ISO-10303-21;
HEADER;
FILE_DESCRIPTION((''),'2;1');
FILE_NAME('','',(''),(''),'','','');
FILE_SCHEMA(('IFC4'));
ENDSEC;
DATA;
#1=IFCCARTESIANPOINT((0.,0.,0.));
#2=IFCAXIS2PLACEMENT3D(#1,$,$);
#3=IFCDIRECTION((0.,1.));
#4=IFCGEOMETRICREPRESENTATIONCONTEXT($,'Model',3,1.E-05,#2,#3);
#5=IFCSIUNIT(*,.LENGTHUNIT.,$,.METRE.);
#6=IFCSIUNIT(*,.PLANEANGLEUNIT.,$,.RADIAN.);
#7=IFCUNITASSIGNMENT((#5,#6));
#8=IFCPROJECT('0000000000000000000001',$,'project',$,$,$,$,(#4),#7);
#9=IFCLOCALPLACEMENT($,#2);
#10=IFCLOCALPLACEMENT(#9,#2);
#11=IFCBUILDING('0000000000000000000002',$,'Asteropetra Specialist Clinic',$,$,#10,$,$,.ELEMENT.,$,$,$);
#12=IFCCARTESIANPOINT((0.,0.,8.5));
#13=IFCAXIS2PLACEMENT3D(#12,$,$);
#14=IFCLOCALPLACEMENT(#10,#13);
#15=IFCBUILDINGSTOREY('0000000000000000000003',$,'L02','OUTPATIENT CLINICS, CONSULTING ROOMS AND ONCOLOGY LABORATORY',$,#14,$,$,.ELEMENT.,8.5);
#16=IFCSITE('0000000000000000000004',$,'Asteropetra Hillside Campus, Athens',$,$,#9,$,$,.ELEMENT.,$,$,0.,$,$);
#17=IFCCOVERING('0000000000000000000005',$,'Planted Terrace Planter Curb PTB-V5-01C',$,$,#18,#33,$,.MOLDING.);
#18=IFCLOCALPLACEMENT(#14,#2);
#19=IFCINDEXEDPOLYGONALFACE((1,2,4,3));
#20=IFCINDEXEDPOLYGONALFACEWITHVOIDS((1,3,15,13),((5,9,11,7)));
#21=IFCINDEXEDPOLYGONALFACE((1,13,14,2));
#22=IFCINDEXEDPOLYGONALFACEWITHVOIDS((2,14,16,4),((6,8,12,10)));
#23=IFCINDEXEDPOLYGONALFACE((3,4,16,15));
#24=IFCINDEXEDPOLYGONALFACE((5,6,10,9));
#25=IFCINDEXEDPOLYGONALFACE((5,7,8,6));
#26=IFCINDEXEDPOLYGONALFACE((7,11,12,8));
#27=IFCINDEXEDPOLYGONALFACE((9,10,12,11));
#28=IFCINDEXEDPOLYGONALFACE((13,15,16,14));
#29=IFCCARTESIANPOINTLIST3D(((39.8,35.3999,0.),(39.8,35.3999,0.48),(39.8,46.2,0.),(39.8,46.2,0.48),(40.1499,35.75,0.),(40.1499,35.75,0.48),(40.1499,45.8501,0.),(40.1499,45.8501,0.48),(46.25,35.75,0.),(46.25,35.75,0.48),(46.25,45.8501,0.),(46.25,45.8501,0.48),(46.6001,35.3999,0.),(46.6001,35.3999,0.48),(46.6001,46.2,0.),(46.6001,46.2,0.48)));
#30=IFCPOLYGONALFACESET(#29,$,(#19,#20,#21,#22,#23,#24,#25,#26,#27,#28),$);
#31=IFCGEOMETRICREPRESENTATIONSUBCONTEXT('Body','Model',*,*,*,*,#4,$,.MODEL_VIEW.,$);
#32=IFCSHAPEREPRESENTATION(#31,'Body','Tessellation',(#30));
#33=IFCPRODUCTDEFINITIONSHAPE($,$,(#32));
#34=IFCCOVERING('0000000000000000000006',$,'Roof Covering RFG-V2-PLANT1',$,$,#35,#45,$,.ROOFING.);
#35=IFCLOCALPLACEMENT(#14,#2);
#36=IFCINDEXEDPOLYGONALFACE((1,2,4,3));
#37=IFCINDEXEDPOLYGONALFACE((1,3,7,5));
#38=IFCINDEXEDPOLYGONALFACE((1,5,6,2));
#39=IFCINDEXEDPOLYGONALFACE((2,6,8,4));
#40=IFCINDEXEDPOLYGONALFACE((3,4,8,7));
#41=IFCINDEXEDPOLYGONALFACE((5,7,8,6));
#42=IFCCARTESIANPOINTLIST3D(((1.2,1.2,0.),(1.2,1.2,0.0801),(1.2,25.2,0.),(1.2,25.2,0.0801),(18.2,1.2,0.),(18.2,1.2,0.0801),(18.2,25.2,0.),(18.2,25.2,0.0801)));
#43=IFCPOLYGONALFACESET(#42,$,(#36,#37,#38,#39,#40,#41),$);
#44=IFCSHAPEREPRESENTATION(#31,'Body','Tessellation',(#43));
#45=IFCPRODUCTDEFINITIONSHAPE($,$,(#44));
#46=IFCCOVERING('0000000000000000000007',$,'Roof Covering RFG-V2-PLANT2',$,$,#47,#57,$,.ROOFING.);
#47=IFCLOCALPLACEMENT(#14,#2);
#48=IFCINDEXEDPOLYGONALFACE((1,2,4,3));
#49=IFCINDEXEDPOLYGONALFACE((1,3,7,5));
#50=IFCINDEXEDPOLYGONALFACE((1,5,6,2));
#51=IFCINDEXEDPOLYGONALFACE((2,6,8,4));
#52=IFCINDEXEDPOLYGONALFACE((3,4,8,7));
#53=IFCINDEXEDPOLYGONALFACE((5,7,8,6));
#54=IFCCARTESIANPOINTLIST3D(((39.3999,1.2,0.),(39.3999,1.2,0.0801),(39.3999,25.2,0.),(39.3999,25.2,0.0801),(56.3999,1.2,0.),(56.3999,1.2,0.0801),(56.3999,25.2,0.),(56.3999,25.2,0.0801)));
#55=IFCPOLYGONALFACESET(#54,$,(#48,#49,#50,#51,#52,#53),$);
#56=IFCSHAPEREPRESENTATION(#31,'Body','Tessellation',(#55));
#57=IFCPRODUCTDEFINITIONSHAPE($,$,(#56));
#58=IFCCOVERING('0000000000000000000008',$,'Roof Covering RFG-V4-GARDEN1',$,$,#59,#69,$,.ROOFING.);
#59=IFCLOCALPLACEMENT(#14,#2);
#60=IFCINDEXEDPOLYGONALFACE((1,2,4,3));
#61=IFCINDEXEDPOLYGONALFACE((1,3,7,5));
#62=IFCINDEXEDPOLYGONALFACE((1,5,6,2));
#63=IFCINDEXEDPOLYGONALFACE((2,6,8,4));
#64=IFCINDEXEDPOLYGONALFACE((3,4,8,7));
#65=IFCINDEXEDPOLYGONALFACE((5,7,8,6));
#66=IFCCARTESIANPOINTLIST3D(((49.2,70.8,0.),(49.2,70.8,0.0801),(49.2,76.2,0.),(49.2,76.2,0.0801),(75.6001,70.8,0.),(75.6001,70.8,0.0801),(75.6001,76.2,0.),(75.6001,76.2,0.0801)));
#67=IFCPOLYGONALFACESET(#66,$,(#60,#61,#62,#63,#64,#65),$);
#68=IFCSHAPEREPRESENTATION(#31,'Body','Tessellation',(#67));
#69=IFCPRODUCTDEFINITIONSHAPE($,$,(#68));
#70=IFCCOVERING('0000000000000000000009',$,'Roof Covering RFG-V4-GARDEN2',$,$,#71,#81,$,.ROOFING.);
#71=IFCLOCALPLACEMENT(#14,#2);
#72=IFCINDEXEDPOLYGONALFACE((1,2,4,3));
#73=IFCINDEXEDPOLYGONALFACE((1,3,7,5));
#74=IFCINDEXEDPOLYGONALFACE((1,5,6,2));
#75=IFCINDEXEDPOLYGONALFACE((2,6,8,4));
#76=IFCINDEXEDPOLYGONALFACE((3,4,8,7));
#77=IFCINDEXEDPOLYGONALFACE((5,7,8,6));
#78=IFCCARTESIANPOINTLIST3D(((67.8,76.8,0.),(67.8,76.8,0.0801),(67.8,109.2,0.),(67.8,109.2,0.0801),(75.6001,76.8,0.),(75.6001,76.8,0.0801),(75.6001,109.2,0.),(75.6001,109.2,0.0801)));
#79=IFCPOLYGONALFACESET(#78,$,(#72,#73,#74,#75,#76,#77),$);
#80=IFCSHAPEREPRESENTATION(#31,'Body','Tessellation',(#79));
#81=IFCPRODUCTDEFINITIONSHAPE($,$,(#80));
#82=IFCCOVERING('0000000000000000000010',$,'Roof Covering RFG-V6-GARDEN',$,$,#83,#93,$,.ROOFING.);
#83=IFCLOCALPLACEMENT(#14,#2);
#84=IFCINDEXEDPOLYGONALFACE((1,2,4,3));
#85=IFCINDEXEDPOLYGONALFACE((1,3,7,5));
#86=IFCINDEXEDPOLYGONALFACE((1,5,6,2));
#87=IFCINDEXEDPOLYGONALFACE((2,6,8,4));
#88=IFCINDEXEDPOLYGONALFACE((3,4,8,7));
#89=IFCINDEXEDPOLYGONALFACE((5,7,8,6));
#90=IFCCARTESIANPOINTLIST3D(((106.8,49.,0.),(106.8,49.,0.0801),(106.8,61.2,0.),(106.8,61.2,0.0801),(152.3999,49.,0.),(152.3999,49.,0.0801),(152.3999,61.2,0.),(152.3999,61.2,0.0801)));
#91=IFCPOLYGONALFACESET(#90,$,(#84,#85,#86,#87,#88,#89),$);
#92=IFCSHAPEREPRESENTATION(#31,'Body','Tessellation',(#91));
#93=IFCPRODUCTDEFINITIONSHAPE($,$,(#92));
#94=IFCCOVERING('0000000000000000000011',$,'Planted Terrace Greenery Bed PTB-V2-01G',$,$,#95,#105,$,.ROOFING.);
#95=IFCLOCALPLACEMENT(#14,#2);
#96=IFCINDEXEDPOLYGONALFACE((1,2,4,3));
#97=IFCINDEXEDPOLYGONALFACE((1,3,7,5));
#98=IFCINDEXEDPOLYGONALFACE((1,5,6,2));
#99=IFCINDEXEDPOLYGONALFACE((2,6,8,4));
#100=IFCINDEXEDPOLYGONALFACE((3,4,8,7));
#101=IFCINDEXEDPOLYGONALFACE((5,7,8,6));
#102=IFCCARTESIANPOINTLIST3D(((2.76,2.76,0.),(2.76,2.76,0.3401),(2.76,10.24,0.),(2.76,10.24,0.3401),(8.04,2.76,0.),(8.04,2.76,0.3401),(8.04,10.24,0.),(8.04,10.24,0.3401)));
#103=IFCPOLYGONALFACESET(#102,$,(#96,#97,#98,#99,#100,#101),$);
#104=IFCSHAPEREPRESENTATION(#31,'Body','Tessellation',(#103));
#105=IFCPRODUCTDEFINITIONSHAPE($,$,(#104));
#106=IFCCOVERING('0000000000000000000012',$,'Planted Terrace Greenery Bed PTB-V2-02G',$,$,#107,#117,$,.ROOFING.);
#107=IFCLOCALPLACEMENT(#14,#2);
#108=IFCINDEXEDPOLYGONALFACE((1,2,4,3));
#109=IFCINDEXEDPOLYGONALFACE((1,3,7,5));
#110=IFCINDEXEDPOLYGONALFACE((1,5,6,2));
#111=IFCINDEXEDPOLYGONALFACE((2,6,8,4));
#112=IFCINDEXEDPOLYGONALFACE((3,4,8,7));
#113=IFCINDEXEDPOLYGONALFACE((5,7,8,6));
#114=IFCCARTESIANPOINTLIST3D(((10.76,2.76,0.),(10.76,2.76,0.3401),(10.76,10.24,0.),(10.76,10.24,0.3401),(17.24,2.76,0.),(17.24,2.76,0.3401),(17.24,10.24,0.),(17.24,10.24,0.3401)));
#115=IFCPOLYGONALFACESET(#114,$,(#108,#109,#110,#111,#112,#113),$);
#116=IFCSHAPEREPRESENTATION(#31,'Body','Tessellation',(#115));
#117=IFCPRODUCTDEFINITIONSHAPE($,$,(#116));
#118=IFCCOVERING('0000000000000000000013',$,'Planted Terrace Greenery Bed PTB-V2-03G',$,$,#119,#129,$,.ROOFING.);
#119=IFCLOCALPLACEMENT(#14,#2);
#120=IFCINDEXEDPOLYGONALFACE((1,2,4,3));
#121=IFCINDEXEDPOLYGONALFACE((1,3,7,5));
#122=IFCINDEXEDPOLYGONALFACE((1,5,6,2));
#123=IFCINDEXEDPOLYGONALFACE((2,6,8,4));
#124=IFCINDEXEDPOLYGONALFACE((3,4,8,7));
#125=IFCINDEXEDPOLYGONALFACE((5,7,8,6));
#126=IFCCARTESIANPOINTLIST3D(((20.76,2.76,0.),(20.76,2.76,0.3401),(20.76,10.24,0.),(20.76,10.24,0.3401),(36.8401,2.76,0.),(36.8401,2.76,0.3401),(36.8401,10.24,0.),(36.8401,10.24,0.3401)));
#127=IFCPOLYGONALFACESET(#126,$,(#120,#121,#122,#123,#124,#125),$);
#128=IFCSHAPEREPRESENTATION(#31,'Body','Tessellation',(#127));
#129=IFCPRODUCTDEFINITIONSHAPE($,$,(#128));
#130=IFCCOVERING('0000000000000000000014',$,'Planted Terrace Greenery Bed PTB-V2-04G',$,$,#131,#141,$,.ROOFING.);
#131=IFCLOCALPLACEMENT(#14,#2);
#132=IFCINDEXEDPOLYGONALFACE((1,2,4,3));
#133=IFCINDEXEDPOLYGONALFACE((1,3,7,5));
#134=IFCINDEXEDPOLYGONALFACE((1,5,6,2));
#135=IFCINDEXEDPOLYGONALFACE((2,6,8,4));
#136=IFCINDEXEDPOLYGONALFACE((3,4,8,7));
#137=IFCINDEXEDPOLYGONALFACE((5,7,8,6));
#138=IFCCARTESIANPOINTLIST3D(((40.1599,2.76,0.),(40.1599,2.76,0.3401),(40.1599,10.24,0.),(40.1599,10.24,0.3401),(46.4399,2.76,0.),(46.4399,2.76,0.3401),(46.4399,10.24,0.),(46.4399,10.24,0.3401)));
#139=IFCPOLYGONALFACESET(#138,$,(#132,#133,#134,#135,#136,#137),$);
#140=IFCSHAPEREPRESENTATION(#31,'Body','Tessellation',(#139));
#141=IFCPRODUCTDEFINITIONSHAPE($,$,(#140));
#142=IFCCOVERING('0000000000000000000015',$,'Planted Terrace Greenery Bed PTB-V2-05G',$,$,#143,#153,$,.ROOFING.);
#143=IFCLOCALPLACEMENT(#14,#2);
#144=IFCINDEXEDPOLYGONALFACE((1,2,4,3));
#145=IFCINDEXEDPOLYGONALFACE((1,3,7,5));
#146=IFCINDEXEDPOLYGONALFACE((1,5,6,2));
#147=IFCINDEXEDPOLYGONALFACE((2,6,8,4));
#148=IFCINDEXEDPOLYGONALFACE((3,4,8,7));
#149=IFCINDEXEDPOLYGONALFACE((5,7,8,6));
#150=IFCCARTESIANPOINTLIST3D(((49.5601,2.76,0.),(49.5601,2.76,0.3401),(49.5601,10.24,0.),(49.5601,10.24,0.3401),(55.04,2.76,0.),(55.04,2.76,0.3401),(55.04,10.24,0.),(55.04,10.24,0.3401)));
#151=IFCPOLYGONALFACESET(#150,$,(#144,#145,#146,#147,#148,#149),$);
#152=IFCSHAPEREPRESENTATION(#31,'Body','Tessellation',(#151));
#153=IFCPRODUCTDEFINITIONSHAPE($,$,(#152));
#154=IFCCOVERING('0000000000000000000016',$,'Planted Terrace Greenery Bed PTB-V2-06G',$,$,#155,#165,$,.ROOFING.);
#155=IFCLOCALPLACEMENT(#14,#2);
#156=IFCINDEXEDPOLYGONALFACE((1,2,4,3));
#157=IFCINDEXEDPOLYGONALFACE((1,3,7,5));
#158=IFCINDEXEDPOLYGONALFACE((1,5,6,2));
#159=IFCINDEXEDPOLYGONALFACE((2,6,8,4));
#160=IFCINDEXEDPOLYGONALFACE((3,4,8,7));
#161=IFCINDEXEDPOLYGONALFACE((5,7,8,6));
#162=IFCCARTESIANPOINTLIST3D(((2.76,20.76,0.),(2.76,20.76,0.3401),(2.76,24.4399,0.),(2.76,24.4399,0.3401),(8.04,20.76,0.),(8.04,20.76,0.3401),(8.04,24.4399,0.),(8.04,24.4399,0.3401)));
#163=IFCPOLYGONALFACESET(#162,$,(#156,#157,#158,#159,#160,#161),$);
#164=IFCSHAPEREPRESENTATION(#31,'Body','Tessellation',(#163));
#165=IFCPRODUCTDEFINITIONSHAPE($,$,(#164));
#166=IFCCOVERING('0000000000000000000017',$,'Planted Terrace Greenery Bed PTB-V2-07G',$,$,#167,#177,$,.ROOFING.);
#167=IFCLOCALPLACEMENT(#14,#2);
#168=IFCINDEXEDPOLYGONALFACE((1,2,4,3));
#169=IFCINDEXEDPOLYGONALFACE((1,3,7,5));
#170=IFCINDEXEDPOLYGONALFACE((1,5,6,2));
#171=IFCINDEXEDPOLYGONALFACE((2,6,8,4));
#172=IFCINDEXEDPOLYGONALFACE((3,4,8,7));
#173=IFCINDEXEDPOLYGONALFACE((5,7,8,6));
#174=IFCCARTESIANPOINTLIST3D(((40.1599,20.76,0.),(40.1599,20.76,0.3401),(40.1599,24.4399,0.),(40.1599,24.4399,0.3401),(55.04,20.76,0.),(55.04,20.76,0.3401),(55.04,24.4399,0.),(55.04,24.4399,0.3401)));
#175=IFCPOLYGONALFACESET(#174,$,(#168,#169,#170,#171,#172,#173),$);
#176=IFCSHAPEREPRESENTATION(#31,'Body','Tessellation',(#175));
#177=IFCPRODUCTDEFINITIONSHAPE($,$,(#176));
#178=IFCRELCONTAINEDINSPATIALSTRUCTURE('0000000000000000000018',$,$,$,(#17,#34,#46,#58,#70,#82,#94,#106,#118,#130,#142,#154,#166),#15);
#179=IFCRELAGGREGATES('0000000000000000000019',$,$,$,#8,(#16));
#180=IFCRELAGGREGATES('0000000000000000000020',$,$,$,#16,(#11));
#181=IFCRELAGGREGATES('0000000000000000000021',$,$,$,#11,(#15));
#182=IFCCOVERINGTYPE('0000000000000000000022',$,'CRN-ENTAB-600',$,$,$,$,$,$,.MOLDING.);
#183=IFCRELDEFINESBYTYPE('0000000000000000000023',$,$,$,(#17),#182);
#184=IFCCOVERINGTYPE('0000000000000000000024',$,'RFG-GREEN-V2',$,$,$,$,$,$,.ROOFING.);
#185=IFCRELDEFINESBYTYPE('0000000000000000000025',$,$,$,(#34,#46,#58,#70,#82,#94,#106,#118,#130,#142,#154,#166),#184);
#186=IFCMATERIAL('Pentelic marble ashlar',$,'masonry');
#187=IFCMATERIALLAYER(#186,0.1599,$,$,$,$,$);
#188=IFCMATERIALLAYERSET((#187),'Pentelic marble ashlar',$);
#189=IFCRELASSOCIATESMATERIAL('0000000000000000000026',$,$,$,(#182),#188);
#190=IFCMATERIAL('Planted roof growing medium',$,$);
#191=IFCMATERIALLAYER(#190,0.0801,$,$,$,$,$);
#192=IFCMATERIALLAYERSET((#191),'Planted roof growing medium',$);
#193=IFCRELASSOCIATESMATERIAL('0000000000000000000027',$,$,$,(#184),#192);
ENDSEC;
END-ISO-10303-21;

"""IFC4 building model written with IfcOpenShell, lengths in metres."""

from ifc_helpers import new_model, si_unit, direction, frame, origin, place, context, subcontext, project, spatial, polyline, outline, extrude, material, layer, layer_set, type_object, element, save


model = new_model("IFC4")

# Units and contexts
model_context = context("Model", 3, precision=1e-05, world=origin(), true_north=direction((0.0, 1.0)))
body_context = subcontext(model_context, "Body", "Model", "MODEL_VIEW")
ifc_project = project(units=[si_unit("LENGTHUNIT", "METRE"), si_unit("PLANEANGLEUNIT", "RADIAN")], contexts=[model_context])

# Site, building, storey
site_placement = place(None, origin())
site = spatial("IfcSite", under=ifc_project, at=site_placement, Name="Asteropetra Hillside Campus, Athens", CompositionType="ELEMENT", RefElevation=0.0)
building_placement = place(site_placement, origin())
building = spatial("IfcBuilding", under=site, at=building_placement, Name="Asteropetra Specialist Clinic", CompositionType="ELEMENT")
storey_placement = place(building_placement, frame((0.0, 0.0, 8.5)))
storey = spatial("IfcBuildingStorey", under=building, at=storey_placement, Name="L02", Description="OUTPATIENT CLINICS, CONSULTING ROOMS AND ONCOLOGY LABORATORY", CompositionType="ELEMENT", Elevation=8.5)

# Coverings
ifc_material_1 = material(Name="Pentelic marble ashlar", Category="masonry")
ifc_layer_1 = layer(ifc_material_1, 0.1599)
ifc_layer_set_1 = layer_set([ifc_layer_1], Name="Pentelic marble ashlar")
covering_type_1 = type_object("IfcCoveringType", Name="CRN-ENTAB-600", PredefinedType="MOLDING", material=ifc_layer_set_1)
covering_1_placement = place(storey_placement, origin())
element("IfcCovering", 1, at=covering_1_placement, inside=storey, type_object=covering_type_1, Name="Planted Terrace Planter Curb PTB-V5-01C", PredefinedType="MOLDING", context=body_context, shape_type="SweptSolid", body=[
    extrude(outline(polyline([(39.8, 35.3999), (46.6001, 35.3999), (46.6001, 46.2), (39.8, 46.2), (39.8, 35.3999)]), holes=[polyline([(40.1499, 35.75), (46.25, 35.75), (46.25, 45.8501), (40.1499, 45.8501), (40.1499, 35.75)])]), origin(), (0.0, 0.0, 1.0), 0.48),
])
ifc_material_2 = material(Name="Planted roof growing medium")
ifc_layer_2 = layer(ifc_material_2, 0.0801)
ifc_layer_set_2 = layer_set([ifc_layer_2], Name="Planted roof growing medium")
covering_type_2 = type_object("IfcCoveringType", Name="RFG-GREEN-V2", PredefinedType="ROOFING", material=ifc_layer_set_2)
covering_2_placement = place(storey_placement, origin())
element("IfcCovering", 2, at=covering_2_placement, inside=storey, type_object=covering_type_2, Name="Roof Covering RFG-V2-PLANT1", PredefinedType="ROOFING", context=body_context, shape_type="SweptSolid", body=[
    extrude(outline(polyline([(1.2, 1.2), (18.2, 1.2), (18.2, 25.2), (1.2, 25.2), (1.2, 1.2)])), origin(), (0.0, 0.0, 1.0), 0.0801),
])
covering_3_placement = place(storey_placement, origin())
element("IfcCovering", 3, at=covering_3_placement, inside=storey, type_object=covering_type_2, Name="Roof Covering RFG-V2-PLANT2", PredefinedType="ROOFING", context=body_context, shape_type="SweptSolid", body=[
    extrude(outline(polyline([(39.3999, 1.2), (56.3999, 1.2), (56.3999, 25.2), (39.3999, 25.2), (39.3999, 1.2)])), origin(), (0.0, 0.0, 1.0), 0.0801),
])
covering_4_placement = place(storey_placement, origin())
element("IfcCovering", 4, at=covering_4_placement, inside=storey, type_object=covering_type_2, Name="Roof Covering RFG-V4-GARDEN1", PredefinedType="ROOFING", context=body_context, shape_type="SweptSolid", body=[
    extrude(outline(polyline([(49.2, 70.8), (75.6001, 70.8), (75.6001, 76.2), (49.2, 76.2), (49.2, 70.8)])), origin(), (0.0, 0.0, 1.0), 0.0801),
])
covering_5_placement = place(storey_placement, origin())
element("IfcCovering", 5, at=covering_5_placement, inside=storey, type_object=covering_type_2, Name="Roof Covering RFG-V4-GARDEN2", PredefinedType="ROOFING", context=body_context, shape_type="SweptSolid", body=[
    extrude(outline(polyline([(67.8, 76.8), (75.6001, 76.8), (75.6001, 109.2), (67.8, 109.2), (67.8, 76.8)])), origin(), (0.0, 0.0, 1.0), 0.0801),
])
covering_6_placement = place(storey_placement, origin())
element("IfcCovering", 6, at=covering_6_placement, inside=storey, type_object=covering_type_2, Name="Roof Covering RFG-V6-GARDEN", PredefinedType="ROOFING", context=body_context, shape_type="SweptSolid", body=[
    extrude(outline(polyline([(106.8, 49.0), (152.3999, 49.0), (152.3999, 61.2), (106.8, 61.2), (106.8, 49.0)])), origin(), (0.0, 0.0, 1.0), 0.0801),
])
covering_7_placement = place(storey_placement, origin())
element("IfcCovering", 7, at=covering_7_placement, inside=storey, type_object=covering_type_2, Name="Planted Terrace Greenery Bed PTB-V2-01G", PredefinedType="ROOFING", context=body_context, shape_type="SweptSolid", body=[
    extrude(outline(polyline([(2.76, 2.76), (8.04, 2.76), (8.04, 10.24), (2.76, 10.24), (2.76, 2.76)])), origin(), (0.0, 0.0, 1.0), 0.3401),
])
covering_8_placement = place(storey_placement, origin())
element("IfcCovering", 8, at=covering_8_placement, inside=storey, type_object=covering_type_2, Name="Planted Terrace Greenery Bed PTB-V2-02G", PredefinedType="ROOFING", context=body_context, shape_type="SweptSolid", body=[
    extrude(outline(polyline([(10.76, 2.76), (17.24, 2.76), (17.24, 10.24), (10.76, 10.24), (10.76, 2.76)])), origin(), (0.0, 0.0, 1.0), 0.3401),
])
covering_9_placement = place(storey_placement, origin())
element("IfcCovering", 9, at=covering_9_placement, inside=storey, type_object=covering_type_2, Name="Planted Terrace Greenery Bed PTB-V2-03G", PredefinedType="ROOFING", context=body_context, shape_type="SweptSolid", body=[
    extrude(outline(polyline([(20.76, 2.76), (36.8401, 2.76), (36.8401, 10.24), (20.76, 10.24), (20.76, 2.76)])), origin(), (0.0, 0.0, 1.0), 0.3401),
])
covering_10_placement = place(storey_placement, origin())
element("IfcCovering", 10, at=covering_10_placement, inside=storey, type_object=covering_type_2, Name="Planted Terrace Greenery Bed PTB-V2-04G", PredefinedType="ROOFING", context=body_context, shape_type="SweptSolid", body=[
    extrude(outline(polyline([(40.1599, 2.76), (46.4399, 2.76), (46.4399, 10.24), (40.1599, 10.24), (40.1599, 2.76)])), origin(), (0.0, 0.0, 1.0), 0.3401),
])
covering_11_placement = place(storey_placement, origin())
element("IfcCovering", 11, at=covering_11_placement, inside=storey, type_object=covering_type_2, Name="Planted Terrace Greenery Bed PTB-V2-05G", PredefinedType="ROOFING", context=body_context, shape_type="SweptSolid", body=[
    extrude(outline(polyline([(49.5601, 2.76), (55.04, 2.76), (55.04, 10.24), (49.5601, 10.24), (49.5601, 2.76)])), origin(), (0.0, 0.0, 1.0), 0.3401),
])
covering_12_placement = place(storey_placement, origin())
element("IfcCovering", 12, at=covering_12_placement, inside=storey, type_object=covering_type_2, Name="Planted Terrace Greenery Bed PTB-V2-06G", PredefinedType="ROOFING", context=body_context, shape_type="SweptSolid", body=[
    extrude(outline(polyline([(2.76, 20.76), (8.04, 20.76), (8.04, 24.4399), (2.76, 24.4399), (2.76, 20.76)])), origin(), (0.0, 0.0, 1.0), 0.3401),
])
covering_13_placement = place(storey_placement, origin())
element("IfcCovering", 13, at=covering_13_placement, inside=storey, type_object=covering_type_2, Name="Planted Terrace Greenery Bed PTB-V2-07G", PredefinedType="ROOFING", context=body_context, shape_type="SweptSolid", body=[
    extrude(outline(polyline([(40.1599, 20.76), (55.04, 20.76), (55.04, 24.4399), (40.1599, 24.4399), (40.1599, 20.76)])), origin(), (0.0, 0.0, 1.0), 0.3401),
])

save(model, "model.ifc")
